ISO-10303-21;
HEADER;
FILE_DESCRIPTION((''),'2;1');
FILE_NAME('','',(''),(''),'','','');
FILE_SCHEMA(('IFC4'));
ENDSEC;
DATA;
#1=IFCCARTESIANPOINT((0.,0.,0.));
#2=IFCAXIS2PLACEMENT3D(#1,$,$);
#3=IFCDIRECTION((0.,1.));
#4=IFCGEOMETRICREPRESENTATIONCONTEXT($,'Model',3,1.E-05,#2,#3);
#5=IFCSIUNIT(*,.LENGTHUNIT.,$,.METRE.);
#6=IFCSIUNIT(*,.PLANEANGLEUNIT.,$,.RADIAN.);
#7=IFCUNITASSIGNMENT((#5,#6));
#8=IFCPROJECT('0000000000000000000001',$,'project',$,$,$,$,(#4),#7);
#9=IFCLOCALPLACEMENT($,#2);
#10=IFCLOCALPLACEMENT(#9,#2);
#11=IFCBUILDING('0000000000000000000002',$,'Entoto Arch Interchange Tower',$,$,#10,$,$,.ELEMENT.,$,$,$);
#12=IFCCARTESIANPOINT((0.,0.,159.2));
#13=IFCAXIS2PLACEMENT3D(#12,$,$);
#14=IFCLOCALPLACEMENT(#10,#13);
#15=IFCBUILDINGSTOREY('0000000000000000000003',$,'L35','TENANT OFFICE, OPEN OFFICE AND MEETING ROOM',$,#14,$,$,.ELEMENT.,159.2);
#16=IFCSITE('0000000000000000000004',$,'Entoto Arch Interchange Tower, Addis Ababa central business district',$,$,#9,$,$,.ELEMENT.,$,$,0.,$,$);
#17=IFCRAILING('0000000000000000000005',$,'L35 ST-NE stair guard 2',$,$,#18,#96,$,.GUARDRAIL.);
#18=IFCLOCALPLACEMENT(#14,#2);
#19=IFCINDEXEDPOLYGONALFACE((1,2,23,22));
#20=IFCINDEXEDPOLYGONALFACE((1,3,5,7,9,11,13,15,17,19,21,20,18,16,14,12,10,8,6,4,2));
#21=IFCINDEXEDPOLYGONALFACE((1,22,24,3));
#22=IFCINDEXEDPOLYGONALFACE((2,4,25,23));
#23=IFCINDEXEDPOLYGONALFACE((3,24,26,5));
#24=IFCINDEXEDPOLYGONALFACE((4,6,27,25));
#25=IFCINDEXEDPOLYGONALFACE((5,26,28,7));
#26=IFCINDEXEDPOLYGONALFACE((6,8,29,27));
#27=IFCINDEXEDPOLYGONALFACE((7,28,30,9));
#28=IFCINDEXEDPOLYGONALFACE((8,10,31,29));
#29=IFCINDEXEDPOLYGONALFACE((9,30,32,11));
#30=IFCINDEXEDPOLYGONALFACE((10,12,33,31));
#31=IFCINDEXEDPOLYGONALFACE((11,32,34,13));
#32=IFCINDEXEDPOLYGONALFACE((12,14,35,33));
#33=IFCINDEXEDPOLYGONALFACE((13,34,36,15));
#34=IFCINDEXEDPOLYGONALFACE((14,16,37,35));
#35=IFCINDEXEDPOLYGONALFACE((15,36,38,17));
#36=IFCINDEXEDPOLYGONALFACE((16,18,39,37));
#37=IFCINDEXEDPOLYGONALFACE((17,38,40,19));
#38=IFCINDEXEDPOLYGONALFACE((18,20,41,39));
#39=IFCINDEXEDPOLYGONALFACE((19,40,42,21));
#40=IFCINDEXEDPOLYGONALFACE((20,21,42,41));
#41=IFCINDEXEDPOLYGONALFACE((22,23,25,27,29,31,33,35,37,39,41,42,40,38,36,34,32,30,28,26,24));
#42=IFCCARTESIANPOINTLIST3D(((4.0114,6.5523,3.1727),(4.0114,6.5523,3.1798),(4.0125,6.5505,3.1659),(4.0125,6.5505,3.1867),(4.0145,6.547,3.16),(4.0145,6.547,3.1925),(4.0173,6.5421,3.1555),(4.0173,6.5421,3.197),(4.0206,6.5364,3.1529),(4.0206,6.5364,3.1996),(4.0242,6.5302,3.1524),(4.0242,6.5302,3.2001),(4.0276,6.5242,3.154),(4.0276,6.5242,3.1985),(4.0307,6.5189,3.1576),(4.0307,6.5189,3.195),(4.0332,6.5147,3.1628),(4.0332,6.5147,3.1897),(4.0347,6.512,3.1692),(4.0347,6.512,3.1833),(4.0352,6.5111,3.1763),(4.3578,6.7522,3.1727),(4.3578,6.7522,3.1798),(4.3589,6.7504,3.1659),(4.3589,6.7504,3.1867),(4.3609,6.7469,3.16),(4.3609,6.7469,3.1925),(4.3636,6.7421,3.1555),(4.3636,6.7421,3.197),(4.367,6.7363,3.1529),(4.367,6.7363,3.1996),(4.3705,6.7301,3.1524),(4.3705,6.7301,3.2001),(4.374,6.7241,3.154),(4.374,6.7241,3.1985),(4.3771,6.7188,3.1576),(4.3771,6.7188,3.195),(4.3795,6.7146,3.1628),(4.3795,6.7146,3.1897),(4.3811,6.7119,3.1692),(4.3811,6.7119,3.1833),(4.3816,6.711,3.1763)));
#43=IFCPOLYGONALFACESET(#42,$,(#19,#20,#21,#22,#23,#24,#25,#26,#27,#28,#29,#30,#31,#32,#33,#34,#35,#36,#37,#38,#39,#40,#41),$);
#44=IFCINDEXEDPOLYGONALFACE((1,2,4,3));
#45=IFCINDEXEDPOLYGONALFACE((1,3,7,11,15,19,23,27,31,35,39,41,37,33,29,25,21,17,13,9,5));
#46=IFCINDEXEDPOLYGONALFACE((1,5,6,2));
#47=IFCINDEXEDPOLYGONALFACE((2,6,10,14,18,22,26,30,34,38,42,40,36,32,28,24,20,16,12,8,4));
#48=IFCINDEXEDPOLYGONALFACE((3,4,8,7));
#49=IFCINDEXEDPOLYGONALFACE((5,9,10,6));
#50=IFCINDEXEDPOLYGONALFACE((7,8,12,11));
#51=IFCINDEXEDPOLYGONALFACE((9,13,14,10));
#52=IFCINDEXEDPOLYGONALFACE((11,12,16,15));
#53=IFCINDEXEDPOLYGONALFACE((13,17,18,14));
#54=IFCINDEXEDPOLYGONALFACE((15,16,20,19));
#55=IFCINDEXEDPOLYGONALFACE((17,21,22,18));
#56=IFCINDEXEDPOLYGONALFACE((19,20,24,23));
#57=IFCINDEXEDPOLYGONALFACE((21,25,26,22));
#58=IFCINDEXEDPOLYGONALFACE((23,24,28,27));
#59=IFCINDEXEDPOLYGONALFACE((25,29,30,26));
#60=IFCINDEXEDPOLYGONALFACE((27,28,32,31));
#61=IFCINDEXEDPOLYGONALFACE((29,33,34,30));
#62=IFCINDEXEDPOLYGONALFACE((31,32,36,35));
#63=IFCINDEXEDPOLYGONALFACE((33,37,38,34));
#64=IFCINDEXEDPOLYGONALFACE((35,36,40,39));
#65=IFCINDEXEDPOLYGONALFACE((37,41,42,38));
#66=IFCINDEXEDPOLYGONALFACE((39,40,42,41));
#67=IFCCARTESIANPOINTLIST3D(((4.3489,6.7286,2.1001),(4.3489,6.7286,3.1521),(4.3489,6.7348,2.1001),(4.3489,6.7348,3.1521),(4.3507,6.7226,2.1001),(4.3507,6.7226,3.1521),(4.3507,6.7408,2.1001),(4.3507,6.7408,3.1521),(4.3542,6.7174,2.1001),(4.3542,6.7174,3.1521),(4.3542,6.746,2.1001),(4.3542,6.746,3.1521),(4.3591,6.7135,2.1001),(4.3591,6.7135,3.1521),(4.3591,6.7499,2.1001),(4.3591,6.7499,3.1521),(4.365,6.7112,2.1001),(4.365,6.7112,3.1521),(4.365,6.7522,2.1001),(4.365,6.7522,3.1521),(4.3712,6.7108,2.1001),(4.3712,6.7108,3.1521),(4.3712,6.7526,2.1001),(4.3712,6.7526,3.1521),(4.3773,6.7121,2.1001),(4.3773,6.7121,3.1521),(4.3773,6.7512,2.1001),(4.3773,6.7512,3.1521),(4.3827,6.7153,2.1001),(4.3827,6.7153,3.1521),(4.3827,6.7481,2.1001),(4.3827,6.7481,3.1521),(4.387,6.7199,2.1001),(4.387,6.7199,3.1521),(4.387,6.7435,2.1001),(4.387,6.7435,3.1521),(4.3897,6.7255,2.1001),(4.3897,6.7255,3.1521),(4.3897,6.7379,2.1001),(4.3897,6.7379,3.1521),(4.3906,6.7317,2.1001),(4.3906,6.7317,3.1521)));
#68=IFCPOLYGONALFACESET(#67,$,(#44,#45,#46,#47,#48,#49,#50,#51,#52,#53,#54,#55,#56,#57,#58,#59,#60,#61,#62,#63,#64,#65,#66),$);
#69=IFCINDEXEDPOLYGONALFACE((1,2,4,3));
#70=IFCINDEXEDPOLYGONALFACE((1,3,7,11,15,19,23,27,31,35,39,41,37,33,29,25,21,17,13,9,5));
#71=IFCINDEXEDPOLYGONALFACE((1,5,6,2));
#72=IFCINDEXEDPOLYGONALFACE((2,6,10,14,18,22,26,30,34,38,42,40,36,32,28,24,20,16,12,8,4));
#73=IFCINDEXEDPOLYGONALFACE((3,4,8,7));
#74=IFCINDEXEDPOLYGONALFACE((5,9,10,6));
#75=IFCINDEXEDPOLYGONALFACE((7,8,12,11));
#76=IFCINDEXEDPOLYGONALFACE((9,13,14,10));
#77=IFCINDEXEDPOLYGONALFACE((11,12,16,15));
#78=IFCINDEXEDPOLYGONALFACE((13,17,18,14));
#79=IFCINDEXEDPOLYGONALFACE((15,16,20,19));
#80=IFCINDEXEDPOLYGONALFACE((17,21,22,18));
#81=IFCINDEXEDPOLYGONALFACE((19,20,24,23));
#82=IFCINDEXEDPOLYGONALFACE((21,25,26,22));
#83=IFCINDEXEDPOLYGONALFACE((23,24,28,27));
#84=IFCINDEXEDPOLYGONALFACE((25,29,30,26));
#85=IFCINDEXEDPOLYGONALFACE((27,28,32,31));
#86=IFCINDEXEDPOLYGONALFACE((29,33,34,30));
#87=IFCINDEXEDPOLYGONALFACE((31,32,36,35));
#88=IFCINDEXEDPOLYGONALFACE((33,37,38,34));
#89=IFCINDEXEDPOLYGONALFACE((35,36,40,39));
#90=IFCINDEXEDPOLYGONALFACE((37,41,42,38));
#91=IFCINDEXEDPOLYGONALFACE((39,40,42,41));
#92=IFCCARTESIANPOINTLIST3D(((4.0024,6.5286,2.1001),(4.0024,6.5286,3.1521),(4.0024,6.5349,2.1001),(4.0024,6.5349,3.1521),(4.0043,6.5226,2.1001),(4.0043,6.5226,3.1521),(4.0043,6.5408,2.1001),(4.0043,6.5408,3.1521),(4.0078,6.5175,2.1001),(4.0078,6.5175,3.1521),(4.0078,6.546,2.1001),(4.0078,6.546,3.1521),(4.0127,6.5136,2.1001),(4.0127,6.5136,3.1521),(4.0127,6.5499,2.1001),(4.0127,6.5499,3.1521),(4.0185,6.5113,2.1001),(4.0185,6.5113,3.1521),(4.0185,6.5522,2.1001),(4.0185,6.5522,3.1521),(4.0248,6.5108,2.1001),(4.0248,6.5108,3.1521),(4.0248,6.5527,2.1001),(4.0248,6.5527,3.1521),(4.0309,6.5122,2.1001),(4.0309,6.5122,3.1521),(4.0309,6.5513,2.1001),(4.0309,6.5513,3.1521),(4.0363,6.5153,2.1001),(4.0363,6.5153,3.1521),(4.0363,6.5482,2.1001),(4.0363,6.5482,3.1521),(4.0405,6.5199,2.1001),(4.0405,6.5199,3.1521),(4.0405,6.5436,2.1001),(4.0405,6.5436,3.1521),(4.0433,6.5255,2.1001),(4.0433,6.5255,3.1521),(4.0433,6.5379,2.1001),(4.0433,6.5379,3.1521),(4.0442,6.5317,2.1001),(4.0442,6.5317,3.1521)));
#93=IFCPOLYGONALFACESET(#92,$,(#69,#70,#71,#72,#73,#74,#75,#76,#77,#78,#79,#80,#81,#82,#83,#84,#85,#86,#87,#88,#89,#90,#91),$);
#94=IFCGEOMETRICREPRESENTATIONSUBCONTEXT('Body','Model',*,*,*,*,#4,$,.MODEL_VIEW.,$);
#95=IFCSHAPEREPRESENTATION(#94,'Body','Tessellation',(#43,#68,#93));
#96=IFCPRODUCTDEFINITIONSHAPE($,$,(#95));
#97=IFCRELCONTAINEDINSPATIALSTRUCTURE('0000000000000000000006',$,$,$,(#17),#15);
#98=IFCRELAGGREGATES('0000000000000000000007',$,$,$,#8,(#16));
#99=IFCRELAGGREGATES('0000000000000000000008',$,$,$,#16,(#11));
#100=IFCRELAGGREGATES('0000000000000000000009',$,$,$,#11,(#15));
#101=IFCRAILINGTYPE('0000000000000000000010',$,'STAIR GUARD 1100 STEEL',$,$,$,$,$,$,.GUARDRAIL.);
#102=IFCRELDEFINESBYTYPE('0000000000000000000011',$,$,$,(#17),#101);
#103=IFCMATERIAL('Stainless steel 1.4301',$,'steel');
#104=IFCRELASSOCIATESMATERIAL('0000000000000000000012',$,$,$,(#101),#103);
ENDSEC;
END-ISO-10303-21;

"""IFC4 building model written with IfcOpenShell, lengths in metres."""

from ifc_helpers import new_model, si_unit, direction, frame, origin, origin_2d, place, context, subcontext, project, spatial, circle, extrude, material, type_object, element, save


model = new_model("IFC4")

# Units and contexts
model_context = context("Model", 3, precision=1e-05, world=origin(), true_north=direction((0.0, 1.0)))
body_context = subcontext(model_context, "Body", "Model", "MODEL_VIEW")
ifc_project = project(units=[si_unit("LENGTHUNIT", "METRE"), si_unit("PLANEANGLEUNIT", "RADIAN")], contexts=[model_context])

# Site, building, storey
site_placement = place(None, origin())
site = spatial("IfcSite", under=ifc_project, at=site_placement, Name="Entoto Arch Interchange Tower, Addis Ababa central business district", CompositionType="ELEMENT", RefElevation=0.0)
building_placement = place(site_placement, origin())
building = spatial("IfcBuilding", under=site, at=building_placement, Name="Entoto Arch Interchange Tower", CompositionType="ELEMENT")
storey_placement = place(building_placement, frame((0.0, 0.0, 159.2)))
storey = spatial("IfcBuildingStorey", under=building, at=storey_placement, Name="L35", Description="TENANT OFFICE, OPEN OFFICE AND MEETING ROOM", CompositionType="ELEMENT", Elevation=159.2)

# Railing
ifc_material_1 = material(Name="Stainless steel 1.4301", Category="steel")
railing_type_1 = type_object("IfcRailingType", Name="STAIR GUARD 1100 STEEL", PredefinedType="GUARDRAIL", material=ifc_material_1)
railing_1_placement = place(storey_placement, frame((4.3696, 6.7317, 2.1001)))
element("IfcRailing", 1, at=railing_1_placement, inside=storey, type_object=railing_type_1, Name="L35 ST-NE stair guard 2", PredefinedType="GUARDRAIL", context=body_context, shape_type="SweptSolid", body=[
    extrude(circle(Radius=0.0239, at=origin_2d()), frame((0.0, 0.0, 1.0762), z_axis=(-0.866094, -0.499881, 0.0), x_axis=(0.499881, -0.866094, 0.0)), (0.0, 0.0, 1.0), 0.3999),
    extrude(circle(Radius=0.021, at=origin_2d()), origin(), (0.0, 0.0, 1.0), 1.052),
    extrude(circle(Radius=0.021, at=origin_2d()), frame((-0.3464, -0.2, 0.0)), (0.0, 0.0, 1.0), 1.052),
])

save(model, "model.ifc")
